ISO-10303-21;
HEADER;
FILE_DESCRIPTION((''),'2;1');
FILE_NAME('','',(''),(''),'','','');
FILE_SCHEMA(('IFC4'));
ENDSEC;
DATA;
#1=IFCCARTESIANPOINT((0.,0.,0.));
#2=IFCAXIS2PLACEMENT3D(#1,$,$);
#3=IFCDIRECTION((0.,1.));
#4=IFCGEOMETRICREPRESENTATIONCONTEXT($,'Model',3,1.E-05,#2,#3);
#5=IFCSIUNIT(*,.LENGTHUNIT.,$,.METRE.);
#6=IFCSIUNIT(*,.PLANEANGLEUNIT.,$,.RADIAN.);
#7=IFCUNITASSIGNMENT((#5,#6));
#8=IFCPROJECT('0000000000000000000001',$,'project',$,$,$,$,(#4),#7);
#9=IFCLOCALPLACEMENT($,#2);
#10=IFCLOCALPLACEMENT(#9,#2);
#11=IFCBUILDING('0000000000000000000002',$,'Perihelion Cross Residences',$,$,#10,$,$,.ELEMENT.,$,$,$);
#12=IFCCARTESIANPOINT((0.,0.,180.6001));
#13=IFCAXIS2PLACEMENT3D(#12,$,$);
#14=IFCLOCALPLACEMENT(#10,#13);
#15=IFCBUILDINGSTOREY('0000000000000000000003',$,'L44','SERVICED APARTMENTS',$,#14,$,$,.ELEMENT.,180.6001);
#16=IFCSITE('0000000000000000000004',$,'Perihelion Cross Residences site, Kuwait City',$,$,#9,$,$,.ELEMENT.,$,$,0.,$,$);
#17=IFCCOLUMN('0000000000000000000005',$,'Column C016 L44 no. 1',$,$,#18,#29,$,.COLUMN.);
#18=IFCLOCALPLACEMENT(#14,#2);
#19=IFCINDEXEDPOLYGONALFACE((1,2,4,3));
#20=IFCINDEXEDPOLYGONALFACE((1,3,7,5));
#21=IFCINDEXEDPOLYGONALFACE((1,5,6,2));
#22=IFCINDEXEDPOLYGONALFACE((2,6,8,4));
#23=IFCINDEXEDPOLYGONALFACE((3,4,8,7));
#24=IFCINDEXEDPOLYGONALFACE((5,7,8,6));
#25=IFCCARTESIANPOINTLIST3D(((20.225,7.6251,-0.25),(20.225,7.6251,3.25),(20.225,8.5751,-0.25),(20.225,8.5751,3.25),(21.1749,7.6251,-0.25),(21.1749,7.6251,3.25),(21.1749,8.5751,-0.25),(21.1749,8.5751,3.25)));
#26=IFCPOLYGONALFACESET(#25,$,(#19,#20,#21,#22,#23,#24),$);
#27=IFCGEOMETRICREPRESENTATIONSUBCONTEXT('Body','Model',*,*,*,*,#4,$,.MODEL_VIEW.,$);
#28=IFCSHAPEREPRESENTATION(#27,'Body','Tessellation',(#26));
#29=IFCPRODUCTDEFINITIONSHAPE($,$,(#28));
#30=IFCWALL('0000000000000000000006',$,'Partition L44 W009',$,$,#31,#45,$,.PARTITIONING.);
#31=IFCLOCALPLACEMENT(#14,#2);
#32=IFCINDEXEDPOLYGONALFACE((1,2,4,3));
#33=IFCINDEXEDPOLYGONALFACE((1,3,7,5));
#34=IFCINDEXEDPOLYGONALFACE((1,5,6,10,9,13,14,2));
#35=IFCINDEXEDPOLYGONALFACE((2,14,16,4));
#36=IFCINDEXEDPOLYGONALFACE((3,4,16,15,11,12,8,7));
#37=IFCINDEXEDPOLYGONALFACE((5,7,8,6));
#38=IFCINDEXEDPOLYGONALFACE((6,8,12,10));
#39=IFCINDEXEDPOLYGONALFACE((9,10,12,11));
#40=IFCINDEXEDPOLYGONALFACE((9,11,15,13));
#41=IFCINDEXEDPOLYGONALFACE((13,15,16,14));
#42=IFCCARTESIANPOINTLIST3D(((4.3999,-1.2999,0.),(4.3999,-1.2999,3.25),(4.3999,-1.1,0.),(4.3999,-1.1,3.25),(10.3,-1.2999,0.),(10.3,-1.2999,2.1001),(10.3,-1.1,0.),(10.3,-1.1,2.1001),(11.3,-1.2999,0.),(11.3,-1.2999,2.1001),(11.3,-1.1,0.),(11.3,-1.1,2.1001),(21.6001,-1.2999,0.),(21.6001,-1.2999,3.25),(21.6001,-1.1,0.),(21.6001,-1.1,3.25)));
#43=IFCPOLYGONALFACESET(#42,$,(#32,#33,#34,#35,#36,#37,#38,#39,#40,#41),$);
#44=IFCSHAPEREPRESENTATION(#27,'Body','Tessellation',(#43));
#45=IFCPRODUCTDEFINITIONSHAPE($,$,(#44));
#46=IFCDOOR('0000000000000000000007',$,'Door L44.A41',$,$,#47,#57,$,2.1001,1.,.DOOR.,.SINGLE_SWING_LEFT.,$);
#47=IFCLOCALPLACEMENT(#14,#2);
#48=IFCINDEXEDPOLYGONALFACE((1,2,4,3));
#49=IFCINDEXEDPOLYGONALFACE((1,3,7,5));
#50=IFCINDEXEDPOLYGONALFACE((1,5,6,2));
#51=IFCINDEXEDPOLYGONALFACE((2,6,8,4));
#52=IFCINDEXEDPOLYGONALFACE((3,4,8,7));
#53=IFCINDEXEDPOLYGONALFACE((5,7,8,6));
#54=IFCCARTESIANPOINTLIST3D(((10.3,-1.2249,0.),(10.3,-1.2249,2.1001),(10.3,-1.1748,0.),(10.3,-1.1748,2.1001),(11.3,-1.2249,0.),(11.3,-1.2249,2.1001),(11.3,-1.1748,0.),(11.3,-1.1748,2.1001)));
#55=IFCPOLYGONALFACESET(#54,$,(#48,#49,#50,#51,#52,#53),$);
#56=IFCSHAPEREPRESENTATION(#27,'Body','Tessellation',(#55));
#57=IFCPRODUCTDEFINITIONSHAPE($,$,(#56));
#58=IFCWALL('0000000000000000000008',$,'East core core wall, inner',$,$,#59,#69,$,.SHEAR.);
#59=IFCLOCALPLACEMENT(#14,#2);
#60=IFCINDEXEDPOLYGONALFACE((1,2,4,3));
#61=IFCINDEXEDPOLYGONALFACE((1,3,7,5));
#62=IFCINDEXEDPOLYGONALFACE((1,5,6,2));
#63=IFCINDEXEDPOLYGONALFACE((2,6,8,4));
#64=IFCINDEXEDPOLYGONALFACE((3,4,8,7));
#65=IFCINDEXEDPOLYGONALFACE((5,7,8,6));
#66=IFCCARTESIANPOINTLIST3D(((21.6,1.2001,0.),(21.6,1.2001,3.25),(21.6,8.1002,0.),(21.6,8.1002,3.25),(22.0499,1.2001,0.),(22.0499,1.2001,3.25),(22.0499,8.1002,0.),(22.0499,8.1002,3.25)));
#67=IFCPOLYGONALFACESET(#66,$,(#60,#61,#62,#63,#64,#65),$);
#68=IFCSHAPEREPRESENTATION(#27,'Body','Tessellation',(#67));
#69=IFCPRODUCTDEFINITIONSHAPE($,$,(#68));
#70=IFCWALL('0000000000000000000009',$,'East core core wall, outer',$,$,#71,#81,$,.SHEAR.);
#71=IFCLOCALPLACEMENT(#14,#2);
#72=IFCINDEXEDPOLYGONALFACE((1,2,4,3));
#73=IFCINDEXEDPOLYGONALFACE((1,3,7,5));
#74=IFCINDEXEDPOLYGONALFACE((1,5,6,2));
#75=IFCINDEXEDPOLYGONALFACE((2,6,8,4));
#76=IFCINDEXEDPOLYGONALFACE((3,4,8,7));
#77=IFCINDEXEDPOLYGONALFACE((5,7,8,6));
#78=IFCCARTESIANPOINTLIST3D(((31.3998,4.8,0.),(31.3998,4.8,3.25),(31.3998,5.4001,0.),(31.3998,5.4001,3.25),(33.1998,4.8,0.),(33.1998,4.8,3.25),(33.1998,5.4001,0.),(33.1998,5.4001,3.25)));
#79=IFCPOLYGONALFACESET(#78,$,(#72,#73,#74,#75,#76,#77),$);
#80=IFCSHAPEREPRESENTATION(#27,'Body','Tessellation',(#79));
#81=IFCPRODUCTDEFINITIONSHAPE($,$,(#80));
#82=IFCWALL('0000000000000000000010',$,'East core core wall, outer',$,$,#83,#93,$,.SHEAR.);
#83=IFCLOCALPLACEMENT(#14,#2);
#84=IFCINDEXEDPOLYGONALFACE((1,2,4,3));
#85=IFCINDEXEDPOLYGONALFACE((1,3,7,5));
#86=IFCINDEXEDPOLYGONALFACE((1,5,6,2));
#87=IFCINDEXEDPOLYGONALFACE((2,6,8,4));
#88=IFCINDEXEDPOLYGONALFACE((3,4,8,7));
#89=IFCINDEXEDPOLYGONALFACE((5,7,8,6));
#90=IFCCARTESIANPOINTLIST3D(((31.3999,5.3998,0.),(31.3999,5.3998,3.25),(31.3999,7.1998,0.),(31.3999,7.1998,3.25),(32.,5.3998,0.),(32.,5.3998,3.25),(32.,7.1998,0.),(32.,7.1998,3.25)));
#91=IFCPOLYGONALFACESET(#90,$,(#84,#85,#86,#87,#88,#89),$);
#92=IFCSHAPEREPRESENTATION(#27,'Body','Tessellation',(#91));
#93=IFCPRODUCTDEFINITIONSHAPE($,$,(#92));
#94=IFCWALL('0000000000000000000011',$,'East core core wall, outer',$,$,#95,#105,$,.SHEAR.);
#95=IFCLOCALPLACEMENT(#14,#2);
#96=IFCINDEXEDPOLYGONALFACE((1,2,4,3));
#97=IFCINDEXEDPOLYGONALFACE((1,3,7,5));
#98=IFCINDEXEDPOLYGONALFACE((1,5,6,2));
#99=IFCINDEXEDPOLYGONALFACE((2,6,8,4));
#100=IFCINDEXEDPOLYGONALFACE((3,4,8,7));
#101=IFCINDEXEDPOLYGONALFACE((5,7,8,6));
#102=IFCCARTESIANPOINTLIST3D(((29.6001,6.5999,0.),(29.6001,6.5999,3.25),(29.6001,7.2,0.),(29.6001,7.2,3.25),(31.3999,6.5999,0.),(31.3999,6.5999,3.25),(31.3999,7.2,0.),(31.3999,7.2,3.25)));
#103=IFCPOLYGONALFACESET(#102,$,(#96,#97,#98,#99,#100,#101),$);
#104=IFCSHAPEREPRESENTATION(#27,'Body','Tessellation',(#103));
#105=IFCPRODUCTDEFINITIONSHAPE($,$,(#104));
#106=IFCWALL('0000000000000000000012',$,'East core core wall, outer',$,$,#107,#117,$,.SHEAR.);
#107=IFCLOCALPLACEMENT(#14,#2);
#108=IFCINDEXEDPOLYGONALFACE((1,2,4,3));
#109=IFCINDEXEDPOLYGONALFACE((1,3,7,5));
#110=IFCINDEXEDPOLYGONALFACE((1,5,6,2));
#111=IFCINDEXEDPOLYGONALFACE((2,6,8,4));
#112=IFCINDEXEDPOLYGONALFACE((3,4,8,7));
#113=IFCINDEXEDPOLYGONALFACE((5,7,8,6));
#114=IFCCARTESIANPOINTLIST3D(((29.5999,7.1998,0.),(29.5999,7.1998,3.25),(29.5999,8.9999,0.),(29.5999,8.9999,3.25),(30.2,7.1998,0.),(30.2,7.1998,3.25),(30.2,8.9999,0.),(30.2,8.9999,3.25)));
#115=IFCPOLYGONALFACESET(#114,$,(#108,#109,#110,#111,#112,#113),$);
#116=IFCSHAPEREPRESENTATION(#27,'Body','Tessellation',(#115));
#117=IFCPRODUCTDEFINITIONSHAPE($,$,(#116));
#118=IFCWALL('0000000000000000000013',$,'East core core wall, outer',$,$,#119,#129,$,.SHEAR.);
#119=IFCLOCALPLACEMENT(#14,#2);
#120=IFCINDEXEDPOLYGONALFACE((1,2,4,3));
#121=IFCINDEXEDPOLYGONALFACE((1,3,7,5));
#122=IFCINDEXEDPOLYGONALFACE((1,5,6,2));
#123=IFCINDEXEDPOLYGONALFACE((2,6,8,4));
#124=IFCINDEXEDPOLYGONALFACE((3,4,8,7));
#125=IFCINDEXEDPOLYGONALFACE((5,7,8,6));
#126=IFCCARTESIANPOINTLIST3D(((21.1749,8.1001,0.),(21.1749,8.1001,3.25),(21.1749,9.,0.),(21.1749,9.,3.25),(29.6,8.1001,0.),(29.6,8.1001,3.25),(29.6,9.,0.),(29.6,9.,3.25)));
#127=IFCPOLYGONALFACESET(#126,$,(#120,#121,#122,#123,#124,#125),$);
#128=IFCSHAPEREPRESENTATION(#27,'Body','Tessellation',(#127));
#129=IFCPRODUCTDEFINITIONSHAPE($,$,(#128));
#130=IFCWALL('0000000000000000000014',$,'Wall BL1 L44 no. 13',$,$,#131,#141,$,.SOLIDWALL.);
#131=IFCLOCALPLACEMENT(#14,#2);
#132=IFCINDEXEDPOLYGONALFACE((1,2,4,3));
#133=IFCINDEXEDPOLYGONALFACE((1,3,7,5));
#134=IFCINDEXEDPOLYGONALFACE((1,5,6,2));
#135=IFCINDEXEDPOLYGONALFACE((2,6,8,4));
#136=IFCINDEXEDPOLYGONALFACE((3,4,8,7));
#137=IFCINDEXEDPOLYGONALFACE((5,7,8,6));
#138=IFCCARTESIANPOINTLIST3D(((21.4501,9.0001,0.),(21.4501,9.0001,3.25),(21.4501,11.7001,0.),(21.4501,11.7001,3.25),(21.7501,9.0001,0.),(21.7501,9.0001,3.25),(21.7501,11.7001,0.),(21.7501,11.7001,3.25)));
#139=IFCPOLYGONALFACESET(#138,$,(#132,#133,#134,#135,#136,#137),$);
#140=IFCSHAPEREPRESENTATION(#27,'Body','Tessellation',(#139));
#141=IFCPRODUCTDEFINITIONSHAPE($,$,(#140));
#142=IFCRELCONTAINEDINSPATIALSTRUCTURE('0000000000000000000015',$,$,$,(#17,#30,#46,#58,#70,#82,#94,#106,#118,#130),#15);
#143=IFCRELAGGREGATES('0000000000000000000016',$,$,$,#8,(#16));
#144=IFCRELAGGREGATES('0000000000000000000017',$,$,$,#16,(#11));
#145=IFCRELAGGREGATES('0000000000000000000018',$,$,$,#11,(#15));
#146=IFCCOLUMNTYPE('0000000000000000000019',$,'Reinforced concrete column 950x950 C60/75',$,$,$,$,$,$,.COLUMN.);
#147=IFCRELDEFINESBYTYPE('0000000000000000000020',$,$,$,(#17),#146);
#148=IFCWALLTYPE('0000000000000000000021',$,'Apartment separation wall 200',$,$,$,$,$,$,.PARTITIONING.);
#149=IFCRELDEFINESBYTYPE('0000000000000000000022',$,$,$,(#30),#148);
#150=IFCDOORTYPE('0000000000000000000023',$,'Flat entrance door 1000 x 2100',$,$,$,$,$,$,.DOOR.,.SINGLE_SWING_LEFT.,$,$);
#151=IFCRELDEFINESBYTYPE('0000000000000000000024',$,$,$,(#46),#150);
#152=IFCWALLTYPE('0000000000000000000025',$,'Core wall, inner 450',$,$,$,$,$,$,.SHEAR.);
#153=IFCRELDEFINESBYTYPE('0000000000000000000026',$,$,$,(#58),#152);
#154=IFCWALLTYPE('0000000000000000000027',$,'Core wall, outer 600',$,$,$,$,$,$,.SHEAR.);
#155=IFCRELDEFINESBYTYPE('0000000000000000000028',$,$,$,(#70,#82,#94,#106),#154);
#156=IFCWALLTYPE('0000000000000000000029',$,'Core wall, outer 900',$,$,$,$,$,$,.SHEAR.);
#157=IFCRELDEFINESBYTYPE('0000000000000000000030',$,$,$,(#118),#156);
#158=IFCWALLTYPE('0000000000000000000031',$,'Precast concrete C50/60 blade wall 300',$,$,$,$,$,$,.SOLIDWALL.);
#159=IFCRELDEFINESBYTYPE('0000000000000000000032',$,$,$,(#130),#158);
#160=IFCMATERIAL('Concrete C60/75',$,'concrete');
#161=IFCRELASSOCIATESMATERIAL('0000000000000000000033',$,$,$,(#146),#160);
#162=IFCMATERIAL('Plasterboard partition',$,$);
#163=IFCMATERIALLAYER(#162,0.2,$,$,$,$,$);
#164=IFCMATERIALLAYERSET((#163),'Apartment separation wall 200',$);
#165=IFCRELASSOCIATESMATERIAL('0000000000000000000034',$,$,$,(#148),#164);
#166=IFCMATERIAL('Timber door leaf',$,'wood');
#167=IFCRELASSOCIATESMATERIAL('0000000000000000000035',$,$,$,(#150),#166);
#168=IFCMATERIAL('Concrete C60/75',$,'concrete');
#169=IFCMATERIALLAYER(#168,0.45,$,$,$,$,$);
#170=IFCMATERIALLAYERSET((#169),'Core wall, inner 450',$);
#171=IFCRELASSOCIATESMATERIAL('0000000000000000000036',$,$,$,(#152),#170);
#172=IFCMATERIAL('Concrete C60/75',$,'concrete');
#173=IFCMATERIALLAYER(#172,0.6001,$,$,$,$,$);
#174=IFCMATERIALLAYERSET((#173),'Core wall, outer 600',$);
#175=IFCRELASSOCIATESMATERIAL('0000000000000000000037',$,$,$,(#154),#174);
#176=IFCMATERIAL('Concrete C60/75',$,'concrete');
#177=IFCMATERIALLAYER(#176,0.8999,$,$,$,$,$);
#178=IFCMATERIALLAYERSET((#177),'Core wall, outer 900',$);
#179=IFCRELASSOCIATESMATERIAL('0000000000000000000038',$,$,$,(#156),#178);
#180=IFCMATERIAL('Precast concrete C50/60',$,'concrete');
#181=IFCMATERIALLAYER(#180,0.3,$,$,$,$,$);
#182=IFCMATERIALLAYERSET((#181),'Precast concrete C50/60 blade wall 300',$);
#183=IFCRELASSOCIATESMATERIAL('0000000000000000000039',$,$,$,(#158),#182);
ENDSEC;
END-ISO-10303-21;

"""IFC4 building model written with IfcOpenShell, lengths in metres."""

from ifc_helpers import new_model, si_unit, direction, frame, frame_2d, origin, origin_2d, place, context, subcontext, project, spatial, rectangle, extrude, material, layer, layer_set, material_profile, profile_set, type_object, element, fill, save


model = new_model("IFC4")

# Units and contexts
model_context = context("Model", 3, precision=1e-05, world=origin(), true_north=direction((0.0, 1.0)))
body_context = subcontext(model_context, "Body", "Model", "MODEL_VIEW")
ifc_project = project(units=[si_unit("LENGTHUNIT", "METRE"), si_unit("PLANEANGLEUNIT", "RADIAN")], contexts=[model_context])

# Site, building, storey
site_placement = place(None, origin())
site = spatial("IfcSite", under=ifc_project, at=site_placement, Name="Perihelion Cross Residences site, Kuwait City", CompositionType="ELEMENT", RefElevation=0.0)
building_placement = place(site_placement, origin())
building = spatial("IfcBuilding", under=site, at=building_placement, Name="Perihelion Cross Residences", CompositionType="ELEMENT")
storey_placement = place(building_placement, frame((0.0, 0.0, 180.6001)))
storey = spatial("IfcBuildingStorey", under=building, at=storey_placement, Name="L44", Description="SERVICED APARTMENTS", CompositionType="ELEMENT", Elevation=180.6001)

# Column
ifc_material_1 = material(Name="Concrete C60/75", Category="concrete")
ifc_material_profile_1 = material_profile(ifc_material_1, rectangle(XDim=0.95, YDim=0.95, at=origin_2d()), Name="RC 950x950")
ifc_profile_set_1 = profile_set([ifc_material_profile_1], Name="Concrete C60/75")
column_type = type_object("IfcColumnType", Name="Reinforced concrete column 950x950 C60/75", PredefinedType="COLUMN", material=ifc_profile_set_1)
column_placement = place(storey_placement, frame((20.7, 8.1001, -0.25), z_axis=(0.0, 0.0, 1.0), x_axis=(1.0, 0.0, 0.0)))
element("IfcColumn", 1, at=column_placement, inside=storey, type_object=column_type, Name="Column C016 L44 no. 1", PredefinedType="COLUMN", context=body_context, shape_type="SweptSolid", body=[
    extrude(rectangle(XDim=0.95, YDim=0.95, at=origin_2d()), origin(), (0.0, 0.0, 1.0), 3.5),
])

# Wall, opening, door
ifc_material_2 = material(Name="Plasterboard partition")
ifc_layer_1 = layer(ifc_material_2, 0.2)
ifc_layer_set_1 = layer_set([ifc_layer_1], Name="Apartment separation wall 200")
wall_type_1 = type_object("IfcWallType", Name="Apartment separation wall 200", PredefinedType="PARTITIONING", material=ifc_layer_set_1)
wall_1_placement = place(storey_placement, frame((21.6001, -1.2, 0.0), z_axis=(0.0, 0.0, 1.0), x_axis=(-1.0, 0.0, 0.0)))
wall_1 = element("IfcWall", 2, at=wall_1_placement, inside=storey, type_object=wall_type_1, Name="Partition L44 W009", PredefinedType="PARTITIONING", context=body_context, shape_type="SweptSolid", body=[
    extrude(rectangle(XDim=17.2002, YDim=0.2, at=frame_2d((8.6001, 0.0))), origin(), (0.0, 0.0, 1.0), 3.25),
])
opening_1_placement = place(wall_1_placement, frame((10.3, 0.0, 0.0)))
opening_1 = element("IfcOpeningElement", 3, at=opening_1_placement, cuts=wall_1, PredefinedType="OPENING", context=body_context, shape_type="SweptSolid", body=[
    extrude(rectangle(XDim=1.0, YDim=2.1001, at=frame_2d((0.5, 1.05))), frame((0.0, 0.1099, 0.0), z_axis=(0.0, -1.0, 0.0), x_axis=(1.0, 0.0, 0.0)), (0.0, 0.0, 1.0), 0.22),
])
ifc_material_3 = material(Name="Timber door leaf", Category="wood")
door_type_1 = type_object("IfcDoorType", Name="Flat entrance door 1000 x 2100", OperationType="SINGLE_SWING_LEFT", PredefinedType="DOOR", material=ifc_material_3)
door_1_placement = place(opening_1_placement, origin())
door_1 = element("IfcDoor", 4, at=door_1_placement, inside=storey, type_object=door_type_1, Name="Door L44.A41", OperationType="SINGLE_SWING_LEFT", OverallHeight=2.1001, OverallWidth=1.0, PredefinedType="DOOR", context=body_context, shape_type="SweptSolid", body=[
    extrude(rectangle(XDim=1.0, YDim=2.1001, at=frame_2d((0.5, 1.05))), frame((0.0, 0.0249, 0.0), z_axis=(0.0, -1.0, 0.0), x_axis=(1.0, 0.0, 0.0)), (0.0, 0.0, 1.0), 0.05),
])
fill(opening_1, door_1)

# Walls
ifc_material_4 = material(Name="Concrete C60/75", Category="concrete")
ifc_layer_2 = layer(ifc_material_4, 0.45)
ifc_layer_set_2 = layer_set([ifc_layer_2], Name="Core wall, inner 450")
wall_type_2 = type_object("IfcWallType", Name="Core wall, inner 450", PredefinedType="SHEAR", material=ifc_layer_set_2)
wall_2_placement = place(storey_placement, frame((21.825, 1.2, 0.0), z_axis=(0.0, 0.0, 1.0), x_axis=(0.0, 1.0, 0.0)))
element("IfcWall", 5, at=wall_2_placement, inside=storey, type_object=wall_type_2, Name="East core core wall, inner", PredefinedType="SHEAR", context=body_context, shape_type="SweptSolid", body=[
    extrude(rectangle(XDim=6.9001, YDim=0.45, at=frame_2d((3.4502, 0.0))), origin(), (0.0, 0.0, 1.0), 3.25),
])
ifc_material_5 = material(Name="Concrete C60/75", Category="concrete")
ifc_layer_3 = layer(ifc_material_5, 0.6001)
ifc_layer_set_3 = layer_set([ifc_layer_3], Name="Core wall, outer 600")
wall_type_3 = type_object("IfcWallType", Name="Core wall, outer 600", PredefinedType="SHEAR", material=ifc_layer_set_3)
for number, where, z_axis, x_axis, name in (
    (6, (31.3999, 5.1001, 0.0), (0.0, 0.0, 1.0), (1.0, 0.0, 0.0), "East core core wall, outer"),
    (7, (31.7, 5.3999, 0.0), (0.0, 0.0, 1.0), (0.0, 1.0, 0.0), "East core core wall, outer"),
):
    element("IfcWall", number, at=place(storey_placement, frame(where, z_axis=z_axis, x_axis=x_axis)), inside=storey, type_object=wall_type_3, Name=name, PredefinedType="SHEAR", context=body_context, shape_type="SweptSolid", body=[
        extrude(rectangle(XDim=1.8, YDim=0.6001, at=frame_2d((0.8999, 0.0))), origin(), (0.0, 0.0, 1.0), 3.25),
    ])
wall_3_placement = place(storey_placement, frame((29.6001, 6.8999, 0.0), z_axis=(0.0, 0.0, 1.0), x_axis=(1.0, 0.0, 0.0)))
element("IfcWall", 8, at=wall_3_placement, inside=storey, type_object=wall_type_3, Name="East core core wall, outer", PredefinedType="SHEAR", context=body_context, shape_type="SweptSolid", body=[
    extrude(rectangle(XDim=1.7998, YDim=0.6001, at=frame_2d((0.8999, 0.0))), origin(), (0.0, 0.0, 1.0), 3.25),
])
wall_4_placement = place(storey_placement, frame((29.8999, 7.2, 0.0), z_axis=(0.0, 0.0, 1.0), x_axis=(0.0, 1.0, 0.0)))
element("IfcWall", 9, at=wall_4_placement, inside=storey, type_object=wall_type_3, Name="East core core wall, outer", PredefinedType="SHEAR", context=body_context, shape_type="SweptSolid", body=[
    extrude(rectangle(XDim=1.8, YDim=0.6001, at=frame_2d((0.8999, 0.0))), origin(), (0.0, 0.0, 1.0), 3.25),
])
ifc_material_6 = material(Name="Concrete C60/75", Category="concrete")
ifc_layer_4 = layer(ifc_material_6, 0.8999)
ifc_layer_set_4 = layer_set([ifc_layer_4], Name="Core wall, outer 900")
wall_type_4 = type_object("IfcWallType", Name="Core wall, outer 900", PredefinedType="SHEAR", material=ifc_layer_set_4)
wall_5_placement = place(storey_placement, frame((21.175, 8.55, 0.0), z_axis=(0.0, 0.0, 1.0), x_axis=(1.0, 0.0, 0.0)))
element("IfcWall", 10, at=wall_5_placement, inside=storey, type_object=wall_type_4, Name="East core core wall, outer", PredefinedType="SHEAR", context=body_context, shape_type="SweptSolid", body=[
    extrude(rectangle(XDim=8.425, YDim=0.8999, at=frame_2d((4.2124, 0.0))), origin(), (0.0, 0.0, 1.0), 3.25),
])
ifc_material_7 = material(Name="Precast concrete C50/60", Category="concrete")
ifc_layer_5 = layer(ifc_material_7, 0.3)
ifc_layer_set_5 = layer_set([ifc_layer_5], Name="Precast concrete C50/60 blade wall 300")
wall_type_5 = type_object("IfcWallType", Name="Precast concrete C50/60 blade wall 300", PredefinedType="SOLIDWALL", material=ifc_layer_set_5)
wall_6_placement = place(storey_placement, frame((21.6001, 9.0, 0.0), z_axis=(0.0, 0.0, 1.0), x_axis=(0.0, 1.0, 0.0)))
element("IfcWall", 11, at=wall_6_placement, inside=storey, type_object=wall_type_5, Name="Wall BL1 L44 no. 13", PredefinedType="SOLIDWALL", context=body_context, shape_type="SweptSolid", body=[
    extrude(rectangle(XDim=2.7, YDim=0.3, at=frame_2d((1.3501, 0.0))), origin(), (0.0, 0.0, 1.0), 3.25),
])

save(model, "model.ifc")
